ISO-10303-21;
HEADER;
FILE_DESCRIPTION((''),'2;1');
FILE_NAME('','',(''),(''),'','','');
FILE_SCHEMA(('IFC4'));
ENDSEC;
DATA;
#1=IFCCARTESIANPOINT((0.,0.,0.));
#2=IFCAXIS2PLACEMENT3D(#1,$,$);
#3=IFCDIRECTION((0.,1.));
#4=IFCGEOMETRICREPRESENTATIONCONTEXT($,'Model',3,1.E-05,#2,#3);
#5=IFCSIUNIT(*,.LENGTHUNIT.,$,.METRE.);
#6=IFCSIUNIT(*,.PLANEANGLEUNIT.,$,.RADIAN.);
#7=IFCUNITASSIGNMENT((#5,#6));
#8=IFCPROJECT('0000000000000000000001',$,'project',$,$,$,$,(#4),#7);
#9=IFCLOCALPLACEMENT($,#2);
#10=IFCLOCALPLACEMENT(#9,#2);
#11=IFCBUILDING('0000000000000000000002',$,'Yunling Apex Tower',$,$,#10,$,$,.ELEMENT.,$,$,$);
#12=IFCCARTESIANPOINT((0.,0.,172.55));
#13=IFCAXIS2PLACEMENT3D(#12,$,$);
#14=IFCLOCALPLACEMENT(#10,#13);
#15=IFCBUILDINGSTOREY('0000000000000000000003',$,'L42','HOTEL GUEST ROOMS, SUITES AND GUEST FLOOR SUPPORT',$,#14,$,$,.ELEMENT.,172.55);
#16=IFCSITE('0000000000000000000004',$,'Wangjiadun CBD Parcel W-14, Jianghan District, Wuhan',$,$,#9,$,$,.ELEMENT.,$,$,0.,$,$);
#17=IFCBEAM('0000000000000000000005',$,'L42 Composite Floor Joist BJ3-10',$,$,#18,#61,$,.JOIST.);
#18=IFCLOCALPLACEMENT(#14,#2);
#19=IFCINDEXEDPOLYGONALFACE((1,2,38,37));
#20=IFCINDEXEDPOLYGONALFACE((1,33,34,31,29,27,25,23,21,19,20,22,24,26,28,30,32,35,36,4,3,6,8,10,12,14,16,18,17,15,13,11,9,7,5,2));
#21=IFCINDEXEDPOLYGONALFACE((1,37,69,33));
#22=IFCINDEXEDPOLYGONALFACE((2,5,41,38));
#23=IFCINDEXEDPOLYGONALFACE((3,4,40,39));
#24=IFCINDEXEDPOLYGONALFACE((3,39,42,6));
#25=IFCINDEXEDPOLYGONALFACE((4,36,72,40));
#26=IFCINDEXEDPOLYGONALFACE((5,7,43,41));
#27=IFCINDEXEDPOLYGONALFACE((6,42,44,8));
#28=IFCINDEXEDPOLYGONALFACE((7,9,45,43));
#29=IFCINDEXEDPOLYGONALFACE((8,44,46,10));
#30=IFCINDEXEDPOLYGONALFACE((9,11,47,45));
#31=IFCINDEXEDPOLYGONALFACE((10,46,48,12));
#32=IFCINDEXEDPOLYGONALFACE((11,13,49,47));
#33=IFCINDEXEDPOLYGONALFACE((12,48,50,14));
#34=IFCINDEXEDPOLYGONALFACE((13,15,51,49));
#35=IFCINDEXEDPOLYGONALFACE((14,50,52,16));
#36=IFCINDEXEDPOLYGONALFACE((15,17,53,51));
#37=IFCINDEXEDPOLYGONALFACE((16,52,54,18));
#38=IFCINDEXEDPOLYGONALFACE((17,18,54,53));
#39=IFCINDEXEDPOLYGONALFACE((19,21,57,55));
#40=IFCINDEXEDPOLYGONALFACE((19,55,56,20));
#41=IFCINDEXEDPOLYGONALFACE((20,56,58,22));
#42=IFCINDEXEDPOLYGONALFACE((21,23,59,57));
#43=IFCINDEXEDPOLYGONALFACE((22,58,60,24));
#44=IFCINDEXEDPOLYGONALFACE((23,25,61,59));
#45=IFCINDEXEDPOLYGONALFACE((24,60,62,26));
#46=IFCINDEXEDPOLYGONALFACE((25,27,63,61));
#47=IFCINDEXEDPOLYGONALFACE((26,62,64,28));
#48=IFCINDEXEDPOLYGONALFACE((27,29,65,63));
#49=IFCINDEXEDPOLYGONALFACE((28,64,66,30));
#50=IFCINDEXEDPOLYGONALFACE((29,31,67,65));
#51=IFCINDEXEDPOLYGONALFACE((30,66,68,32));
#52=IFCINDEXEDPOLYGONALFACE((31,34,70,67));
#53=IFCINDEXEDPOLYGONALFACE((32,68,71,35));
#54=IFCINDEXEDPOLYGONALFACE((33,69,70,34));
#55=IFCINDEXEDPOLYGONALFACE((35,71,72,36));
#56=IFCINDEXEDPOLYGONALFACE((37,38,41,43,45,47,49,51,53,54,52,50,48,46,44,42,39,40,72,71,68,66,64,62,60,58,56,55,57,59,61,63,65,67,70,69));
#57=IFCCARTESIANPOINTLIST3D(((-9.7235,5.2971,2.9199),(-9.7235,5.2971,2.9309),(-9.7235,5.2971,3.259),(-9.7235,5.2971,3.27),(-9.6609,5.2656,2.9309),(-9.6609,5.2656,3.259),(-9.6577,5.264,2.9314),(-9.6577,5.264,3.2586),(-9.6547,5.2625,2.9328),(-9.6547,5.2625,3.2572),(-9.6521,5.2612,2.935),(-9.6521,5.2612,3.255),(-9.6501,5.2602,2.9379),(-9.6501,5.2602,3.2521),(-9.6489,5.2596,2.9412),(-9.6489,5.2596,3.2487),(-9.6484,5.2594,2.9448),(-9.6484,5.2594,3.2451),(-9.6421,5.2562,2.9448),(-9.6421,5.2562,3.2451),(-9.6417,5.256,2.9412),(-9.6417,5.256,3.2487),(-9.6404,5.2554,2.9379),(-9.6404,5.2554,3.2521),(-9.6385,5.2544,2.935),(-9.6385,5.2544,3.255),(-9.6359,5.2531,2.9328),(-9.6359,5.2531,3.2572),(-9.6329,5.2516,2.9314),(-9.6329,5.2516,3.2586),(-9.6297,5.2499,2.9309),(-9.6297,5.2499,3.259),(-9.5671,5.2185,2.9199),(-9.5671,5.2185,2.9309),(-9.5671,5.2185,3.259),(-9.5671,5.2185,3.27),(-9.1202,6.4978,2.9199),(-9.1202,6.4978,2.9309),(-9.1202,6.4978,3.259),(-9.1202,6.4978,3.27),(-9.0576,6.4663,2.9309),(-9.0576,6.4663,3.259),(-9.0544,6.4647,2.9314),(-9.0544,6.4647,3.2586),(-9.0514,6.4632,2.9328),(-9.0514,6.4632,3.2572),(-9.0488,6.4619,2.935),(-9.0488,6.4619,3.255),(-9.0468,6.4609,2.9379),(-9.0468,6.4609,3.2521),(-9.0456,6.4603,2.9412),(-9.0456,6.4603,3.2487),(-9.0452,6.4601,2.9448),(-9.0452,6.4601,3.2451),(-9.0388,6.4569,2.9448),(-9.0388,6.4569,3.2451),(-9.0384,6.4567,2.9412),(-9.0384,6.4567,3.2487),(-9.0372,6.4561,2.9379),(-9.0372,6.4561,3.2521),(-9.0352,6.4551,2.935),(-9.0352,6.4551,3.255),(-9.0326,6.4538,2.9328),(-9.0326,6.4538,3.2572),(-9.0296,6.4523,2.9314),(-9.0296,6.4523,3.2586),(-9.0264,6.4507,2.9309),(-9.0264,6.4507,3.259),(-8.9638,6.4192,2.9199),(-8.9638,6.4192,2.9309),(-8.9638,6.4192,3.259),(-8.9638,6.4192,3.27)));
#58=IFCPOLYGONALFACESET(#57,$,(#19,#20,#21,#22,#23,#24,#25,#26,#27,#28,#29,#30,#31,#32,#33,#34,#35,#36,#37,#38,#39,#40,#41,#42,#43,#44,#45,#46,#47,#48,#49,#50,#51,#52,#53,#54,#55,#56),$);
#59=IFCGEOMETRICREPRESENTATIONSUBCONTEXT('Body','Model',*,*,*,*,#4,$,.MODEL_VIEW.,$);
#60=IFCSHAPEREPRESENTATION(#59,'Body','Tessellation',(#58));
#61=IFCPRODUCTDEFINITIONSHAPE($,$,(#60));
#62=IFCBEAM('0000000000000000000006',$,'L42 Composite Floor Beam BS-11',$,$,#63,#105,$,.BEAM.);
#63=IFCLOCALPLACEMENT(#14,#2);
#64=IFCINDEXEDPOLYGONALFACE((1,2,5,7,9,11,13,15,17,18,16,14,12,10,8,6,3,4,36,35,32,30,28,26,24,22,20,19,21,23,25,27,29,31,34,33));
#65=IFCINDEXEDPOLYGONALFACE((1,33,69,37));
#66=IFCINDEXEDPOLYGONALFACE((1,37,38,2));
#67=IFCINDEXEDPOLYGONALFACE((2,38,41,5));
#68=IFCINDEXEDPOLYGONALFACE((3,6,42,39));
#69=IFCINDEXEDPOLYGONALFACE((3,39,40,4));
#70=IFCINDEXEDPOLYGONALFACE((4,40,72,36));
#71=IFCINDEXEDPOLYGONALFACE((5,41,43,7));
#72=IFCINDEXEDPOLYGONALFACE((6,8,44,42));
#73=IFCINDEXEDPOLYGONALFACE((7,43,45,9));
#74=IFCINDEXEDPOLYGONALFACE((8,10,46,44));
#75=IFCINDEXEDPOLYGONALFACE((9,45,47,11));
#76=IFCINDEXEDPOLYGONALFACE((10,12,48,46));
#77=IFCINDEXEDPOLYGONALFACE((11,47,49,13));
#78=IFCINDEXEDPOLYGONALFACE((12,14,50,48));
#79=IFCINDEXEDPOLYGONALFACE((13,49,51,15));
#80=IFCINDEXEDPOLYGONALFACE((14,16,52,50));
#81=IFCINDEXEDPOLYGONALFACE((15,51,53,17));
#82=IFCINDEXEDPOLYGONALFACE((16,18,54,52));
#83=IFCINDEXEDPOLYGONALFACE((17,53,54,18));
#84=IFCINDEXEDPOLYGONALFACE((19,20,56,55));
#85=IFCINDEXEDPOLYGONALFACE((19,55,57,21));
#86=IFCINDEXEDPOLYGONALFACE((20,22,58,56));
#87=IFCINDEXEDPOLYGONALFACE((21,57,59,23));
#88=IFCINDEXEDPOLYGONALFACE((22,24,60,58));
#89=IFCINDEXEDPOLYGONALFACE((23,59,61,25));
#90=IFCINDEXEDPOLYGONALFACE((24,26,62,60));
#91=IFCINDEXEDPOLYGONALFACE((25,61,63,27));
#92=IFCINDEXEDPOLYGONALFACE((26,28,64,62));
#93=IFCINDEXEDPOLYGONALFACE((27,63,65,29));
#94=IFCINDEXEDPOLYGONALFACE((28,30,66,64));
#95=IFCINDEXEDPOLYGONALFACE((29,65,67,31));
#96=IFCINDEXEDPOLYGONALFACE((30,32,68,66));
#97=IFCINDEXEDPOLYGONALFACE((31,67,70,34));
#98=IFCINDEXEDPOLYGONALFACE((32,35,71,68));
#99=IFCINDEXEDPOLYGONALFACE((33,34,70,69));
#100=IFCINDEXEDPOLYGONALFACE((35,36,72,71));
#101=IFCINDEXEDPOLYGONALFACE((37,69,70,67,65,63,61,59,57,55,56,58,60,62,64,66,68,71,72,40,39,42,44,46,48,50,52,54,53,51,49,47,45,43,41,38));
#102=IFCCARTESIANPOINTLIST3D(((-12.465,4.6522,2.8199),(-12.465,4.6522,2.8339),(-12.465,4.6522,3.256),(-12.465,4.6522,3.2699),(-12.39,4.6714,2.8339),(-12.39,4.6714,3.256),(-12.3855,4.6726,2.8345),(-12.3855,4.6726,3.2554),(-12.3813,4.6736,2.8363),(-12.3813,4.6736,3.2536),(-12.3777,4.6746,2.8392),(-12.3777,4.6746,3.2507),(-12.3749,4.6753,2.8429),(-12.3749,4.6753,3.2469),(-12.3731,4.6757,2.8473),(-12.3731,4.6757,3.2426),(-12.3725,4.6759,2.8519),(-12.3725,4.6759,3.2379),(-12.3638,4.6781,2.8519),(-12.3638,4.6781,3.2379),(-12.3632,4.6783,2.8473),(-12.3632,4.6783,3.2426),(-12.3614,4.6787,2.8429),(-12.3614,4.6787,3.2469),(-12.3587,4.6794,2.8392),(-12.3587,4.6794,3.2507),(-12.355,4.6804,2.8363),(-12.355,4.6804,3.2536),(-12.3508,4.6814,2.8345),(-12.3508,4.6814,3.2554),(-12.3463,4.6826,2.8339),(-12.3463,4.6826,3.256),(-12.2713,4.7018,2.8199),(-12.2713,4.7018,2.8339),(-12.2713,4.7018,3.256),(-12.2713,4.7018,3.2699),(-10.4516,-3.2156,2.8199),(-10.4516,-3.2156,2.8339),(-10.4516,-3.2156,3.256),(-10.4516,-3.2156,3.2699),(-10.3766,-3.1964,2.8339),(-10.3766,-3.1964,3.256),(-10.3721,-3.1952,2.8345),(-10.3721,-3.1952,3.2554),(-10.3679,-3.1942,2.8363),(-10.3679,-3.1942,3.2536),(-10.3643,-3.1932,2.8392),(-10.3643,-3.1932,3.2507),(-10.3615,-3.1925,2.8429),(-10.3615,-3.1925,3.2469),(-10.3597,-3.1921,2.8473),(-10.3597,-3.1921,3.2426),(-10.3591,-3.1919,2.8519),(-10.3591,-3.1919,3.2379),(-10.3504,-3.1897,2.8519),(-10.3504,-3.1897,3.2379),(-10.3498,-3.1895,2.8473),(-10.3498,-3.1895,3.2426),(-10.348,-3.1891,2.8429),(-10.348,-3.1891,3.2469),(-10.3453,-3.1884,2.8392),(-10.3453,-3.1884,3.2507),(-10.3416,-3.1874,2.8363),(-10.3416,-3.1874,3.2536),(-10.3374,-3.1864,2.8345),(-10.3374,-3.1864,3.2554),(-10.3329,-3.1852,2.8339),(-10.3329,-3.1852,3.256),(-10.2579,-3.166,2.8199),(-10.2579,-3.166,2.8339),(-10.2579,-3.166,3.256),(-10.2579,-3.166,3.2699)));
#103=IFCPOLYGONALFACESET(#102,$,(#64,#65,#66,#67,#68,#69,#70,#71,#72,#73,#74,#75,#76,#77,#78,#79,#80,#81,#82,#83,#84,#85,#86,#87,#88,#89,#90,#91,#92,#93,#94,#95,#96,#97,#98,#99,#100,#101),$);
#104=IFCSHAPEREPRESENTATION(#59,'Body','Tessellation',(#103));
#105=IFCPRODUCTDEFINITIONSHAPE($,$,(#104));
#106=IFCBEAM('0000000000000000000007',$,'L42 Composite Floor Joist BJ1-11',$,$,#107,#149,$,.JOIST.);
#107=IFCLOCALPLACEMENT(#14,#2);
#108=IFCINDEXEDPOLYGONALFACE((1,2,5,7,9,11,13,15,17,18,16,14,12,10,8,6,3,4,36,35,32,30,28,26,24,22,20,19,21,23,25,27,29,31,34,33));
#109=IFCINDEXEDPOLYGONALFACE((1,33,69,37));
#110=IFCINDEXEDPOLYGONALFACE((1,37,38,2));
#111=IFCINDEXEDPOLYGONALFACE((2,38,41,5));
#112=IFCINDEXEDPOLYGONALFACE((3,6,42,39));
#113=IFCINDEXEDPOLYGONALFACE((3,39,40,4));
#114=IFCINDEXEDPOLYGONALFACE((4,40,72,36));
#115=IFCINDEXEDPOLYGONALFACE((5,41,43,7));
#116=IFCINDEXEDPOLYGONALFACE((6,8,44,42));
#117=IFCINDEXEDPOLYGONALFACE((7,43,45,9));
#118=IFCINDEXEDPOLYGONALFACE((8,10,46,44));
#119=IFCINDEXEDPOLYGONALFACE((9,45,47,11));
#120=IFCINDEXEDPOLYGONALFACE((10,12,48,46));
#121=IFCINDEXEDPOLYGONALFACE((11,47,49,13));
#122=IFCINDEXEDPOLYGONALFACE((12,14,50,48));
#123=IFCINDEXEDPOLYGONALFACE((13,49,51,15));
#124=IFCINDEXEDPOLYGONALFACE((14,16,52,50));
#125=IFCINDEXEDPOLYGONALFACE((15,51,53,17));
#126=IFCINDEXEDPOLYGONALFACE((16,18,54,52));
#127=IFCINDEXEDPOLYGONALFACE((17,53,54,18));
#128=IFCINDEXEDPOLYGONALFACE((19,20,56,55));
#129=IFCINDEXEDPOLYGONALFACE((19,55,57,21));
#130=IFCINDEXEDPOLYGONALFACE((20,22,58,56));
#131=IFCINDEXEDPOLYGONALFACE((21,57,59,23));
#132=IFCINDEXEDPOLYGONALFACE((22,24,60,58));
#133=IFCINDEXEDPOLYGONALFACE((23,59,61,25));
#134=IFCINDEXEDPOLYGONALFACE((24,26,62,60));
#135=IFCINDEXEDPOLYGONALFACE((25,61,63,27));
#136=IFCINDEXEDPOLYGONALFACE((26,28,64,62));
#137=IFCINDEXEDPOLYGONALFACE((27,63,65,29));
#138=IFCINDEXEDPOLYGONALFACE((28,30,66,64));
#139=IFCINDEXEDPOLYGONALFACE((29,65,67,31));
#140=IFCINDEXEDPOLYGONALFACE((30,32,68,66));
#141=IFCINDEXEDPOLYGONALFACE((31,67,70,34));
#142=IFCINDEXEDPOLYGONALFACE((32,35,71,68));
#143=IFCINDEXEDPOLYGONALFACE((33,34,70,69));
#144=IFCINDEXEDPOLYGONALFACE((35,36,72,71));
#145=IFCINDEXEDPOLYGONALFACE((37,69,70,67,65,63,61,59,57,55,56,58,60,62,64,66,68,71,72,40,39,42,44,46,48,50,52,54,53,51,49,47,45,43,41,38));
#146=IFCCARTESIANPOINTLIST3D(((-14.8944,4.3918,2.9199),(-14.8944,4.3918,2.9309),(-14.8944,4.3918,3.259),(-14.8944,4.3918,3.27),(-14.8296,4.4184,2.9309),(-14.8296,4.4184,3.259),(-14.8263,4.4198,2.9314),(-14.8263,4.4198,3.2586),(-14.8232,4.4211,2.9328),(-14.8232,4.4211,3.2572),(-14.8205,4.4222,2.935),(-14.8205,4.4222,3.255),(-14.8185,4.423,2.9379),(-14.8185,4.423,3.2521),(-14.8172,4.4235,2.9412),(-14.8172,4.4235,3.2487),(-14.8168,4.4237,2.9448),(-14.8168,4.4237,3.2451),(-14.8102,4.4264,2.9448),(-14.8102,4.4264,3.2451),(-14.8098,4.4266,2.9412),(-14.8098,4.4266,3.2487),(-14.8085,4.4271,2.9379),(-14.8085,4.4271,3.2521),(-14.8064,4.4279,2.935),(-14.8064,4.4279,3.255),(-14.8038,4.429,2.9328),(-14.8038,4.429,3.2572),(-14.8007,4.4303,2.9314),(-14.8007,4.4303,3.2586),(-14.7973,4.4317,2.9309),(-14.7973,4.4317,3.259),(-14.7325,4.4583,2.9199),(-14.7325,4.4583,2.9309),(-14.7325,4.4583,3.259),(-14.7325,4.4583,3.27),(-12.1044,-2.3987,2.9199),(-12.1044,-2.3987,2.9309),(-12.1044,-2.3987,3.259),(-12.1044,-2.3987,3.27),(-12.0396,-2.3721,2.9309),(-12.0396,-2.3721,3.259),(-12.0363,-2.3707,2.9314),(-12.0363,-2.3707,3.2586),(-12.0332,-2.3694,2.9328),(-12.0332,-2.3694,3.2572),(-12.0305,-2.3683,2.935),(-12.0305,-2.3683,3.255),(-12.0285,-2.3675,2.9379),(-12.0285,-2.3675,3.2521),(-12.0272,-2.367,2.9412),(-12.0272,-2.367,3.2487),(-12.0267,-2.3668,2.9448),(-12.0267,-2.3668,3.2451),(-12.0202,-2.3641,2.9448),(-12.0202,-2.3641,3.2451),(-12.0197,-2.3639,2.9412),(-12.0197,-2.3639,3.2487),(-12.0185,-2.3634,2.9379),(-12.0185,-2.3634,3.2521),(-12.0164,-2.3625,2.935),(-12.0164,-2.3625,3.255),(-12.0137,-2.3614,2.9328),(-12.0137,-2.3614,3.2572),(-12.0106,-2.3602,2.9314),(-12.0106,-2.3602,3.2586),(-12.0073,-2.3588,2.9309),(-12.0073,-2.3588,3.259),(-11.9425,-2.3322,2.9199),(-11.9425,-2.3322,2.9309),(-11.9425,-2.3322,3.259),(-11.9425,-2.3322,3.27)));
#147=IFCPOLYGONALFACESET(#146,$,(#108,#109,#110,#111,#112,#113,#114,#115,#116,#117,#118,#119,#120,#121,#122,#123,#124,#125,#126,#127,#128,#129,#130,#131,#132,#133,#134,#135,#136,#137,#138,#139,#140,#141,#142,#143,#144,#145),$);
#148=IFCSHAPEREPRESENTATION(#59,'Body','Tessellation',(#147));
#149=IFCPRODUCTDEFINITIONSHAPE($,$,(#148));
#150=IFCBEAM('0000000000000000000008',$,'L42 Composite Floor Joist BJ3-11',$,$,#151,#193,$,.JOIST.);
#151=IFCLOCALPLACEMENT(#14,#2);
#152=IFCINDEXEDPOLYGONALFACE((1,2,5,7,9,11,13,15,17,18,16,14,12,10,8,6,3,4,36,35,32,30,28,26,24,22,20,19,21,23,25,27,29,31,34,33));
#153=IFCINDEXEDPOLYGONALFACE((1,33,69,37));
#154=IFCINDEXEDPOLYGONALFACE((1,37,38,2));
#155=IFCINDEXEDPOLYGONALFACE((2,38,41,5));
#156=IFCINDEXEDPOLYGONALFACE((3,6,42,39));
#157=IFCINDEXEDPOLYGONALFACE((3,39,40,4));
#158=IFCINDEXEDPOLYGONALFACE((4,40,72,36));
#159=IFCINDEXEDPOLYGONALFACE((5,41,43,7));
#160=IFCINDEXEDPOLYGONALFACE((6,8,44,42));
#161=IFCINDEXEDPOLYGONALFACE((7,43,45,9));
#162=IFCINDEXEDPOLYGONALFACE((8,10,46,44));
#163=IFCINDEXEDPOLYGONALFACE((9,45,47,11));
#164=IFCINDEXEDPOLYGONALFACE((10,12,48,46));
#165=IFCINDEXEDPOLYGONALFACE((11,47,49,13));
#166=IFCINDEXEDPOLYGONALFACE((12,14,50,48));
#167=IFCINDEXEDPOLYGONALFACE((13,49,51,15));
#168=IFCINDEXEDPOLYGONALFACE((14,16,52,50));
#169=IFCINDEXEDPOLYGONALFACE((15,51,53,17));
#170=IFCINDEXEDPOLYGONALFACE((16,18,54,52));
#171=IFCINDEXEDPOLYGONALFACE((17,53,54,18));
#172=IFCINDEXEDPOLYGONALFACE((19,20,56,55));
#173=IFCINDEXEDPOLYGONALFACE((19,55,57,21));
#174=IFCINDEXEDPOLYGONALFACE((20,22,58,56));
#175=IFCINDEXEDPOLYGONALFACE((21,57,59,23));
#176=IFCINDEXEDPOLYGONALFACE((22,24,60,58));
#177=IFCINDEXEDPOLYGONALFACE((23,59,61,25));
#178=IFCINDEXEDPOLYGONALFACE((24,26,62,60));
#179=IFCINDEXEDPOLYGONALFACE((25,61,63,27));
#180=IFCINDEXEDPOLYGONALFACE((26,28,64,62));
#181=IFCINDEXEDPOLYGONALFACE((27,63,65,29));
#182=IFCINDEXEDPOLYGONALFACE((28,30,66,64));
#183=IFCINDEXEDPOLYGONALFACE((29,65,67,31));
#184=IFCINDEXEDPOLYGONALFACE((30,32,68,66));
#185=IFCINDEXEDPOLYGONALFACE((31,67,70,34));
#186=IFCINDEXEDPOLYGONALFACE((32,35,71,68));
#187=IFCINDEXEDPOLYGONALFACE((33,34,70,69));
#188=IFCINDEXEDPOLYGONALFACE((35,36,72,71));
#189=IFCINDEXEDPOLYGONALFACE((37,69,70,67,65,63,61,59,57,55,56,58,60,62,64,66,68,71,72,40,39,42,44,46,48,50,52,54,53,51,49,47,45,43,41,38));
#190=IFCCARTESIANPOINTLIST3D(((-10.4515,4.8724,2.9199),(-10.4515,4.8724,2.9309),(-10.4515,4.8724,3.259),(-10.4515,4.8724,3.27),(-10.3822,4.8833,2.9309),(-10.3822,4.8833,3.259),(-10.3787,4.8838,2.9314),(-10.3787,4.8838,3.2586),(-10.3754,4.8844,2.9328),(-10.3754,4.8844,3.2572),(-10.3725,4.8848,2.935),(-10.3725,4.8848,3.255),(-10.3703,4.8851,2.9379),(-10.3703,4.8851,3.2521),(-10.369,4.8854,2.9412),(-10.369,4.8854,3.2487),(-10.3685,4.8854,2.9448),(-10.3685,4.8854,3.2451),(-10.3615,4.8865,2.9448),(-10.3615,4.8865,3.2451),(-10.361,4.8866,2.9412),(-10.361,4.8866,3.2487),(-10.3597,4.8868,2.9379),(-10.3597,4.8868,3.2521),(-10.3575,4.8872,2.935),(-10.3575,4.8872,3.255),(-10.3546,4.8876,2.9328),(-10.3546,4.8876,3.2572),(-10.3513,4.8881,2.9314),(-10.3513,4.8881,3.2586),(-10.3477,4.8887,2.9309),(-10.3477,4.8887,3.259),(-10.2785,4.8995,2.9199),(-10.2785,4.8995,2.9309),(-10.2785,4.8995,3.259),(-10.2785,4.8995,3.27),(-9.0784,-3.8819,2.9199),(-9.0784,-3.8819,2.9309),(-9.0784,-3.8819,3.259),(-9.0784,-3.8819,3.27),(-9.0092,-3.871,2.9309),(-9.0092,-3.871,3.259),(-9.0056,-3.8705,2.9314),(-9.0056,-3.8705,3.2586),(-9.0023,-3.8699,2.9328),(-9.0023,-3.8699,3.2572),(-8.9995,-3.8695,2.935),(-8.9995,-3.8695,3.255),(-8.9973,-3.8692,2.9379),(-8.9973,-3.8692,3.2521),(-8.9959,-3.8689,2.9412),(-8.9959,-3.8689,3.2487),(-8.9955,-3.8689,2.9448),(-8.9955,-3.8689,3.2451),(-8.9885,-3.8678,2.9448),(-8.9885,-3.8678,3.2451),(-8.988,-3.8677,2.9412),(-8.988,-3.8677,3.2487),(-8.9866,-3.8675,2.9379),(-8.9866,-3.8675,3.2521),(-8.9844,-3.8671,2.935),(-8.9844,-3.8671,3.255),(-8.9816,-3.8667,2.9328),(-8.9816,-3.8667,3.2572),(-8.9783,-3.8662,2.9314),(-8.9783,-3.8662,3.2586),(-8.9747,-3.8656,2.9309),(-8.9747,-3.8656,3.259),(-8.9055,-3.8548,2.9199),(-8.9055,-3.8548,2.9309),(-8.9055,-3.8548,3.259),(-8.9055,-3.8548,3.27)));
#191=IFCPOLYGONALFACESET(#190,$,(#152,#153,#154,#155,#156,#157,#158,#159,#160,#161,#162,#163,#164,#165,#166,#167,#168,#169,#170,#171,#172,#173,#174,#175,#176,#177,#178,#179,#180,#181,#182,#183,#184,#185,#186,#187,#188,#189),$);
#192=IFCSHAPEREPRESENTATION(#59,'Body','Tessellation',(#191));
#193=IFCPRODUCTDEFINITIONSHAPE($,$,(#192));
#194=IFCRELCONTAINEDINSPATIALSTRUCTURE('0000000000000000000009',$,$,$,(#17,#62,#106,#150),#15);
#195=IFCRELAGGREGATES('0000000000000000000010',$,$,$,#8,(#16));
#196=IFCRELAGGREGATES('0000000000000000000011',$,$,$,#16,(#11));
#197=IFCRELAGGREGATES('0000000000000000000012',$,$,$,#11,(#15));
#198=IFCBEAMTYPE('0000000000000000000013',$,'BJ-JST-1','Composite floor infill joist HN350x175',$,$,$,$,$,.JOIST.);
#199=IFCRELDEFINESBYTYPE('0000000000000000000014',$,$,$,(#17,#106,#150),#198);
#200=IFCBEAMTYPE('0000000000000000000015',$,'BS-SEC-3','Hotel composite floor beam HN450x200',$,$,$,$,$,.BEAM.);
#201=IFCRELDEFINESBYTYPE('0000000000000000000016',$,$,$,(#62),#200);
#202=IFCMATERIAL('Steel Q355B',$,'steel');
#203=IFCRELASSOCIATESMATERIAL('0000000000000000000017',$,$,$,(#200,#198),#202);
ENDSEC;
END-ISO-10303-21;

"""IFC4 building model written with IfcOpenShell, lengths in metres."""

from ifc_helpers import new_model, si_unit, direction, frame, origin, origin_2d, place, context, subcontext, project, spatial, i_section, extrude, source, transform, mapped, material, material_profile, profile_set, type_object, element, save


model = new_model("IFC4")

# Units and contexts
model_context = context("Model", 3, precision=1e-05, world=origin(), true_north=direction((0.0, 1.0)))
body_context = subcontext(model_context, "Body", "Model", "MODEL_VIEW")
ifc_project = project(units=[si_unit("LENGTHUNIT", "METRE"), si_unit("PLANEANGLEUNIT", "RADIAN")], contexts=[model_context])

# Site, building, storey
site_placement = place(None, origin())
site = spatial("IfcSite", under=ifc_project, at=site_placement, Name="Wangjiadun CBD Parcel W-14, Jianghan District, Wuhan", CompositionType="ELEMENT", RefElevation=0.0)
building_placement = place(site_placement, origin())
building = spatial("IfcBuilding", under=site, at=building_placement, Name="Yunling Apex Tower", CompositionType="ELEMENT")
storey_placement = place(building_placement, frame((0.0, 0.0, 172.55)))
storey = spatial("IfcBuildingStorey", under=building, at=storey_placement, Name="L42", Description="HOTEL GUEST ROOMS, SUITES AND GUEST FLOOR SUPPORT", CompositionType="ELEMENT", Elevation=172.55)

# Beams
ifc_material_1 = material(Name="Steel Q355B", Category="steel")
ifc_material_profile_1 = material_profile(ifc_material_1, i_section(OverallWidth=0.2, OverallDepth=0.45, WebThickness=0.009, FlangeThickness=0.0139, FilletRadius=0.0181, at=origin_2d()))
ifc_profile_set_1 = profile_set([ifc_material_profile_1], Name="Steel Q355B")
beam_type_1 = type_object("IfcBeamType", Name="BS-SEC-3", Description="Hotel composite floor beam HN450x200", PredefinedType="BEAM", material=ifc_profile_set_1)
ifc_material_profile_2 = material_profile(ifc_material_1, i_section(OverallWidth=0.175, OverallDepth=0.3501, WebThickness=0.0071, FlangeThickness=0.011, FilletRadius=0.0139, at=origin_2d()))
ifc_profile_set_2 = profile_set([ifc_material_profile_2], Name="Steel Q355B")
beam_type_2 = type_object("IfcBeamType", Name="BJ-JST-1", Description="Composite floor infill joist HN350x175", PredefinedType="JOIST", material=ifc_profile_set_2)
shared_shape_1 = source(origin(), body_context, "Body", "SweptSolid", [
    extrude(i_section(OverallWidth=0.175, OverallDepth=0.3501, WebThickness=0.0071, FlangeThickness=0.011, FilletRadius=0.0139, at=origin_2d()), origin(), (0.0, 0.0, 1.0), 1.3438),
])
beam_1_placement = place(storey_placement, frame((-9.042, 6.4585, 3.095), z_axis=(-0.448957, -0.893553, 0.0), x_axis=(0.893553, -0.448957, 0.0)))
element("IfcBeam", 1, at=beam_1_placement, inside=storey, type_object=beam_type_2, Name="L42 Composite Floor Joist BJ3-10", PredefinedType="JOIST", context=body_context, shape_type="MappedRepresentation", body=[
    mapped(shared_shape_1, transform((0.0, 0.0, 0.0), scale=1.0)),
])
shared_shape_2 = source(origin(), body_context, "Body", "SweptSolid", [
    extrude(i_section(OverallWidth=0.2, OverallDepth=0.45, WebThickness=0.009, FlangeThickness=0.0139, FilletRadius=0.0181, at=origin_2d()), origin(), (0.0, 0.0, 1.0), 8.1213),
])
beam_2_placement = place(storey_placement, frame((-12.3682, 4.677, 3.0449), z_axis=(0.247915, -0.968782, 0.0), x_axis=(0.968782, 0.247915, 0.0)))
element("IfcBeam", 2, at=beam_2_placement, inside=storey, type_object=beam_type_1, Name="L42 Composite Floor Beam BS-11", PredefinedType="BEAM", context=body_context, shape_type="MappedRepresentation", body=[
    mapped(shared_shape_2, transform((0.0, 0.0, 0.0), scale=1.0)),
])
shared_shape_3 = source(origin(), body_context, "Body", "SweptSolid", [
    extrude(i_section(OverallWidth=0.175, OverallDepth=0.3501, WebThickness=0.0071, FlangeThickness=0.011, FilletRadius=0.0139, at=origin_2d()), origin(), (0.0, 0.0, 1.0), 7.3413),
])
beam_3_placement = place(storey_placement, frame((-14.8135, 4.425, 3.095), z_axis=(0.380044, -0.924968, 0.0), x_axis=(0.924968, 0.380044, 0.0)))
element("IfcBeam", 3, at=beam_3_placement, inside=storey, type_object=beam_type_2, Name="L42 Composite Floor Joist BJ1-11", PredefinedType="JOIST", context=body_context, shape_type="MappedRepresentation", body=[
    mapped(shared_shape_3, transform((0.0, 0.0, 0.0), scale=1.0)),
])
shared_shape_4 = source(origin(), body_context, "Body", "SweptSolid", [
    extrude(i_section(OverallWidth=0.175, OverallDepth=0.3501, WebThickness=0.0071, FlangeThickness=0.011, FilletRadius=0.0139, at=origin_2d()), origin(), (0.0, 0.0, 1.0), 8.8613),
])
beam_4_placement = place(storey_placement, frame((-10.365, 4.886, 3.095), z_axis=(0.154947, -0.987923, 0.0), x_axis=(0.987923, 0.154947, 0.0)))
element("IfcBeam", 4, at=beam_4_placement, inside=storey, type_object=beam_type_2, Name="L42 Composite Floor Joist BJ3-11", PredefinedType="JOIST", context=body_context, shape_type="MappedRepresentation", body=[
    mapped(shared_shape_4, transform((0.0, 0.0, 0.0), scale=1.0)),
])

save(model, "model.ifc")
